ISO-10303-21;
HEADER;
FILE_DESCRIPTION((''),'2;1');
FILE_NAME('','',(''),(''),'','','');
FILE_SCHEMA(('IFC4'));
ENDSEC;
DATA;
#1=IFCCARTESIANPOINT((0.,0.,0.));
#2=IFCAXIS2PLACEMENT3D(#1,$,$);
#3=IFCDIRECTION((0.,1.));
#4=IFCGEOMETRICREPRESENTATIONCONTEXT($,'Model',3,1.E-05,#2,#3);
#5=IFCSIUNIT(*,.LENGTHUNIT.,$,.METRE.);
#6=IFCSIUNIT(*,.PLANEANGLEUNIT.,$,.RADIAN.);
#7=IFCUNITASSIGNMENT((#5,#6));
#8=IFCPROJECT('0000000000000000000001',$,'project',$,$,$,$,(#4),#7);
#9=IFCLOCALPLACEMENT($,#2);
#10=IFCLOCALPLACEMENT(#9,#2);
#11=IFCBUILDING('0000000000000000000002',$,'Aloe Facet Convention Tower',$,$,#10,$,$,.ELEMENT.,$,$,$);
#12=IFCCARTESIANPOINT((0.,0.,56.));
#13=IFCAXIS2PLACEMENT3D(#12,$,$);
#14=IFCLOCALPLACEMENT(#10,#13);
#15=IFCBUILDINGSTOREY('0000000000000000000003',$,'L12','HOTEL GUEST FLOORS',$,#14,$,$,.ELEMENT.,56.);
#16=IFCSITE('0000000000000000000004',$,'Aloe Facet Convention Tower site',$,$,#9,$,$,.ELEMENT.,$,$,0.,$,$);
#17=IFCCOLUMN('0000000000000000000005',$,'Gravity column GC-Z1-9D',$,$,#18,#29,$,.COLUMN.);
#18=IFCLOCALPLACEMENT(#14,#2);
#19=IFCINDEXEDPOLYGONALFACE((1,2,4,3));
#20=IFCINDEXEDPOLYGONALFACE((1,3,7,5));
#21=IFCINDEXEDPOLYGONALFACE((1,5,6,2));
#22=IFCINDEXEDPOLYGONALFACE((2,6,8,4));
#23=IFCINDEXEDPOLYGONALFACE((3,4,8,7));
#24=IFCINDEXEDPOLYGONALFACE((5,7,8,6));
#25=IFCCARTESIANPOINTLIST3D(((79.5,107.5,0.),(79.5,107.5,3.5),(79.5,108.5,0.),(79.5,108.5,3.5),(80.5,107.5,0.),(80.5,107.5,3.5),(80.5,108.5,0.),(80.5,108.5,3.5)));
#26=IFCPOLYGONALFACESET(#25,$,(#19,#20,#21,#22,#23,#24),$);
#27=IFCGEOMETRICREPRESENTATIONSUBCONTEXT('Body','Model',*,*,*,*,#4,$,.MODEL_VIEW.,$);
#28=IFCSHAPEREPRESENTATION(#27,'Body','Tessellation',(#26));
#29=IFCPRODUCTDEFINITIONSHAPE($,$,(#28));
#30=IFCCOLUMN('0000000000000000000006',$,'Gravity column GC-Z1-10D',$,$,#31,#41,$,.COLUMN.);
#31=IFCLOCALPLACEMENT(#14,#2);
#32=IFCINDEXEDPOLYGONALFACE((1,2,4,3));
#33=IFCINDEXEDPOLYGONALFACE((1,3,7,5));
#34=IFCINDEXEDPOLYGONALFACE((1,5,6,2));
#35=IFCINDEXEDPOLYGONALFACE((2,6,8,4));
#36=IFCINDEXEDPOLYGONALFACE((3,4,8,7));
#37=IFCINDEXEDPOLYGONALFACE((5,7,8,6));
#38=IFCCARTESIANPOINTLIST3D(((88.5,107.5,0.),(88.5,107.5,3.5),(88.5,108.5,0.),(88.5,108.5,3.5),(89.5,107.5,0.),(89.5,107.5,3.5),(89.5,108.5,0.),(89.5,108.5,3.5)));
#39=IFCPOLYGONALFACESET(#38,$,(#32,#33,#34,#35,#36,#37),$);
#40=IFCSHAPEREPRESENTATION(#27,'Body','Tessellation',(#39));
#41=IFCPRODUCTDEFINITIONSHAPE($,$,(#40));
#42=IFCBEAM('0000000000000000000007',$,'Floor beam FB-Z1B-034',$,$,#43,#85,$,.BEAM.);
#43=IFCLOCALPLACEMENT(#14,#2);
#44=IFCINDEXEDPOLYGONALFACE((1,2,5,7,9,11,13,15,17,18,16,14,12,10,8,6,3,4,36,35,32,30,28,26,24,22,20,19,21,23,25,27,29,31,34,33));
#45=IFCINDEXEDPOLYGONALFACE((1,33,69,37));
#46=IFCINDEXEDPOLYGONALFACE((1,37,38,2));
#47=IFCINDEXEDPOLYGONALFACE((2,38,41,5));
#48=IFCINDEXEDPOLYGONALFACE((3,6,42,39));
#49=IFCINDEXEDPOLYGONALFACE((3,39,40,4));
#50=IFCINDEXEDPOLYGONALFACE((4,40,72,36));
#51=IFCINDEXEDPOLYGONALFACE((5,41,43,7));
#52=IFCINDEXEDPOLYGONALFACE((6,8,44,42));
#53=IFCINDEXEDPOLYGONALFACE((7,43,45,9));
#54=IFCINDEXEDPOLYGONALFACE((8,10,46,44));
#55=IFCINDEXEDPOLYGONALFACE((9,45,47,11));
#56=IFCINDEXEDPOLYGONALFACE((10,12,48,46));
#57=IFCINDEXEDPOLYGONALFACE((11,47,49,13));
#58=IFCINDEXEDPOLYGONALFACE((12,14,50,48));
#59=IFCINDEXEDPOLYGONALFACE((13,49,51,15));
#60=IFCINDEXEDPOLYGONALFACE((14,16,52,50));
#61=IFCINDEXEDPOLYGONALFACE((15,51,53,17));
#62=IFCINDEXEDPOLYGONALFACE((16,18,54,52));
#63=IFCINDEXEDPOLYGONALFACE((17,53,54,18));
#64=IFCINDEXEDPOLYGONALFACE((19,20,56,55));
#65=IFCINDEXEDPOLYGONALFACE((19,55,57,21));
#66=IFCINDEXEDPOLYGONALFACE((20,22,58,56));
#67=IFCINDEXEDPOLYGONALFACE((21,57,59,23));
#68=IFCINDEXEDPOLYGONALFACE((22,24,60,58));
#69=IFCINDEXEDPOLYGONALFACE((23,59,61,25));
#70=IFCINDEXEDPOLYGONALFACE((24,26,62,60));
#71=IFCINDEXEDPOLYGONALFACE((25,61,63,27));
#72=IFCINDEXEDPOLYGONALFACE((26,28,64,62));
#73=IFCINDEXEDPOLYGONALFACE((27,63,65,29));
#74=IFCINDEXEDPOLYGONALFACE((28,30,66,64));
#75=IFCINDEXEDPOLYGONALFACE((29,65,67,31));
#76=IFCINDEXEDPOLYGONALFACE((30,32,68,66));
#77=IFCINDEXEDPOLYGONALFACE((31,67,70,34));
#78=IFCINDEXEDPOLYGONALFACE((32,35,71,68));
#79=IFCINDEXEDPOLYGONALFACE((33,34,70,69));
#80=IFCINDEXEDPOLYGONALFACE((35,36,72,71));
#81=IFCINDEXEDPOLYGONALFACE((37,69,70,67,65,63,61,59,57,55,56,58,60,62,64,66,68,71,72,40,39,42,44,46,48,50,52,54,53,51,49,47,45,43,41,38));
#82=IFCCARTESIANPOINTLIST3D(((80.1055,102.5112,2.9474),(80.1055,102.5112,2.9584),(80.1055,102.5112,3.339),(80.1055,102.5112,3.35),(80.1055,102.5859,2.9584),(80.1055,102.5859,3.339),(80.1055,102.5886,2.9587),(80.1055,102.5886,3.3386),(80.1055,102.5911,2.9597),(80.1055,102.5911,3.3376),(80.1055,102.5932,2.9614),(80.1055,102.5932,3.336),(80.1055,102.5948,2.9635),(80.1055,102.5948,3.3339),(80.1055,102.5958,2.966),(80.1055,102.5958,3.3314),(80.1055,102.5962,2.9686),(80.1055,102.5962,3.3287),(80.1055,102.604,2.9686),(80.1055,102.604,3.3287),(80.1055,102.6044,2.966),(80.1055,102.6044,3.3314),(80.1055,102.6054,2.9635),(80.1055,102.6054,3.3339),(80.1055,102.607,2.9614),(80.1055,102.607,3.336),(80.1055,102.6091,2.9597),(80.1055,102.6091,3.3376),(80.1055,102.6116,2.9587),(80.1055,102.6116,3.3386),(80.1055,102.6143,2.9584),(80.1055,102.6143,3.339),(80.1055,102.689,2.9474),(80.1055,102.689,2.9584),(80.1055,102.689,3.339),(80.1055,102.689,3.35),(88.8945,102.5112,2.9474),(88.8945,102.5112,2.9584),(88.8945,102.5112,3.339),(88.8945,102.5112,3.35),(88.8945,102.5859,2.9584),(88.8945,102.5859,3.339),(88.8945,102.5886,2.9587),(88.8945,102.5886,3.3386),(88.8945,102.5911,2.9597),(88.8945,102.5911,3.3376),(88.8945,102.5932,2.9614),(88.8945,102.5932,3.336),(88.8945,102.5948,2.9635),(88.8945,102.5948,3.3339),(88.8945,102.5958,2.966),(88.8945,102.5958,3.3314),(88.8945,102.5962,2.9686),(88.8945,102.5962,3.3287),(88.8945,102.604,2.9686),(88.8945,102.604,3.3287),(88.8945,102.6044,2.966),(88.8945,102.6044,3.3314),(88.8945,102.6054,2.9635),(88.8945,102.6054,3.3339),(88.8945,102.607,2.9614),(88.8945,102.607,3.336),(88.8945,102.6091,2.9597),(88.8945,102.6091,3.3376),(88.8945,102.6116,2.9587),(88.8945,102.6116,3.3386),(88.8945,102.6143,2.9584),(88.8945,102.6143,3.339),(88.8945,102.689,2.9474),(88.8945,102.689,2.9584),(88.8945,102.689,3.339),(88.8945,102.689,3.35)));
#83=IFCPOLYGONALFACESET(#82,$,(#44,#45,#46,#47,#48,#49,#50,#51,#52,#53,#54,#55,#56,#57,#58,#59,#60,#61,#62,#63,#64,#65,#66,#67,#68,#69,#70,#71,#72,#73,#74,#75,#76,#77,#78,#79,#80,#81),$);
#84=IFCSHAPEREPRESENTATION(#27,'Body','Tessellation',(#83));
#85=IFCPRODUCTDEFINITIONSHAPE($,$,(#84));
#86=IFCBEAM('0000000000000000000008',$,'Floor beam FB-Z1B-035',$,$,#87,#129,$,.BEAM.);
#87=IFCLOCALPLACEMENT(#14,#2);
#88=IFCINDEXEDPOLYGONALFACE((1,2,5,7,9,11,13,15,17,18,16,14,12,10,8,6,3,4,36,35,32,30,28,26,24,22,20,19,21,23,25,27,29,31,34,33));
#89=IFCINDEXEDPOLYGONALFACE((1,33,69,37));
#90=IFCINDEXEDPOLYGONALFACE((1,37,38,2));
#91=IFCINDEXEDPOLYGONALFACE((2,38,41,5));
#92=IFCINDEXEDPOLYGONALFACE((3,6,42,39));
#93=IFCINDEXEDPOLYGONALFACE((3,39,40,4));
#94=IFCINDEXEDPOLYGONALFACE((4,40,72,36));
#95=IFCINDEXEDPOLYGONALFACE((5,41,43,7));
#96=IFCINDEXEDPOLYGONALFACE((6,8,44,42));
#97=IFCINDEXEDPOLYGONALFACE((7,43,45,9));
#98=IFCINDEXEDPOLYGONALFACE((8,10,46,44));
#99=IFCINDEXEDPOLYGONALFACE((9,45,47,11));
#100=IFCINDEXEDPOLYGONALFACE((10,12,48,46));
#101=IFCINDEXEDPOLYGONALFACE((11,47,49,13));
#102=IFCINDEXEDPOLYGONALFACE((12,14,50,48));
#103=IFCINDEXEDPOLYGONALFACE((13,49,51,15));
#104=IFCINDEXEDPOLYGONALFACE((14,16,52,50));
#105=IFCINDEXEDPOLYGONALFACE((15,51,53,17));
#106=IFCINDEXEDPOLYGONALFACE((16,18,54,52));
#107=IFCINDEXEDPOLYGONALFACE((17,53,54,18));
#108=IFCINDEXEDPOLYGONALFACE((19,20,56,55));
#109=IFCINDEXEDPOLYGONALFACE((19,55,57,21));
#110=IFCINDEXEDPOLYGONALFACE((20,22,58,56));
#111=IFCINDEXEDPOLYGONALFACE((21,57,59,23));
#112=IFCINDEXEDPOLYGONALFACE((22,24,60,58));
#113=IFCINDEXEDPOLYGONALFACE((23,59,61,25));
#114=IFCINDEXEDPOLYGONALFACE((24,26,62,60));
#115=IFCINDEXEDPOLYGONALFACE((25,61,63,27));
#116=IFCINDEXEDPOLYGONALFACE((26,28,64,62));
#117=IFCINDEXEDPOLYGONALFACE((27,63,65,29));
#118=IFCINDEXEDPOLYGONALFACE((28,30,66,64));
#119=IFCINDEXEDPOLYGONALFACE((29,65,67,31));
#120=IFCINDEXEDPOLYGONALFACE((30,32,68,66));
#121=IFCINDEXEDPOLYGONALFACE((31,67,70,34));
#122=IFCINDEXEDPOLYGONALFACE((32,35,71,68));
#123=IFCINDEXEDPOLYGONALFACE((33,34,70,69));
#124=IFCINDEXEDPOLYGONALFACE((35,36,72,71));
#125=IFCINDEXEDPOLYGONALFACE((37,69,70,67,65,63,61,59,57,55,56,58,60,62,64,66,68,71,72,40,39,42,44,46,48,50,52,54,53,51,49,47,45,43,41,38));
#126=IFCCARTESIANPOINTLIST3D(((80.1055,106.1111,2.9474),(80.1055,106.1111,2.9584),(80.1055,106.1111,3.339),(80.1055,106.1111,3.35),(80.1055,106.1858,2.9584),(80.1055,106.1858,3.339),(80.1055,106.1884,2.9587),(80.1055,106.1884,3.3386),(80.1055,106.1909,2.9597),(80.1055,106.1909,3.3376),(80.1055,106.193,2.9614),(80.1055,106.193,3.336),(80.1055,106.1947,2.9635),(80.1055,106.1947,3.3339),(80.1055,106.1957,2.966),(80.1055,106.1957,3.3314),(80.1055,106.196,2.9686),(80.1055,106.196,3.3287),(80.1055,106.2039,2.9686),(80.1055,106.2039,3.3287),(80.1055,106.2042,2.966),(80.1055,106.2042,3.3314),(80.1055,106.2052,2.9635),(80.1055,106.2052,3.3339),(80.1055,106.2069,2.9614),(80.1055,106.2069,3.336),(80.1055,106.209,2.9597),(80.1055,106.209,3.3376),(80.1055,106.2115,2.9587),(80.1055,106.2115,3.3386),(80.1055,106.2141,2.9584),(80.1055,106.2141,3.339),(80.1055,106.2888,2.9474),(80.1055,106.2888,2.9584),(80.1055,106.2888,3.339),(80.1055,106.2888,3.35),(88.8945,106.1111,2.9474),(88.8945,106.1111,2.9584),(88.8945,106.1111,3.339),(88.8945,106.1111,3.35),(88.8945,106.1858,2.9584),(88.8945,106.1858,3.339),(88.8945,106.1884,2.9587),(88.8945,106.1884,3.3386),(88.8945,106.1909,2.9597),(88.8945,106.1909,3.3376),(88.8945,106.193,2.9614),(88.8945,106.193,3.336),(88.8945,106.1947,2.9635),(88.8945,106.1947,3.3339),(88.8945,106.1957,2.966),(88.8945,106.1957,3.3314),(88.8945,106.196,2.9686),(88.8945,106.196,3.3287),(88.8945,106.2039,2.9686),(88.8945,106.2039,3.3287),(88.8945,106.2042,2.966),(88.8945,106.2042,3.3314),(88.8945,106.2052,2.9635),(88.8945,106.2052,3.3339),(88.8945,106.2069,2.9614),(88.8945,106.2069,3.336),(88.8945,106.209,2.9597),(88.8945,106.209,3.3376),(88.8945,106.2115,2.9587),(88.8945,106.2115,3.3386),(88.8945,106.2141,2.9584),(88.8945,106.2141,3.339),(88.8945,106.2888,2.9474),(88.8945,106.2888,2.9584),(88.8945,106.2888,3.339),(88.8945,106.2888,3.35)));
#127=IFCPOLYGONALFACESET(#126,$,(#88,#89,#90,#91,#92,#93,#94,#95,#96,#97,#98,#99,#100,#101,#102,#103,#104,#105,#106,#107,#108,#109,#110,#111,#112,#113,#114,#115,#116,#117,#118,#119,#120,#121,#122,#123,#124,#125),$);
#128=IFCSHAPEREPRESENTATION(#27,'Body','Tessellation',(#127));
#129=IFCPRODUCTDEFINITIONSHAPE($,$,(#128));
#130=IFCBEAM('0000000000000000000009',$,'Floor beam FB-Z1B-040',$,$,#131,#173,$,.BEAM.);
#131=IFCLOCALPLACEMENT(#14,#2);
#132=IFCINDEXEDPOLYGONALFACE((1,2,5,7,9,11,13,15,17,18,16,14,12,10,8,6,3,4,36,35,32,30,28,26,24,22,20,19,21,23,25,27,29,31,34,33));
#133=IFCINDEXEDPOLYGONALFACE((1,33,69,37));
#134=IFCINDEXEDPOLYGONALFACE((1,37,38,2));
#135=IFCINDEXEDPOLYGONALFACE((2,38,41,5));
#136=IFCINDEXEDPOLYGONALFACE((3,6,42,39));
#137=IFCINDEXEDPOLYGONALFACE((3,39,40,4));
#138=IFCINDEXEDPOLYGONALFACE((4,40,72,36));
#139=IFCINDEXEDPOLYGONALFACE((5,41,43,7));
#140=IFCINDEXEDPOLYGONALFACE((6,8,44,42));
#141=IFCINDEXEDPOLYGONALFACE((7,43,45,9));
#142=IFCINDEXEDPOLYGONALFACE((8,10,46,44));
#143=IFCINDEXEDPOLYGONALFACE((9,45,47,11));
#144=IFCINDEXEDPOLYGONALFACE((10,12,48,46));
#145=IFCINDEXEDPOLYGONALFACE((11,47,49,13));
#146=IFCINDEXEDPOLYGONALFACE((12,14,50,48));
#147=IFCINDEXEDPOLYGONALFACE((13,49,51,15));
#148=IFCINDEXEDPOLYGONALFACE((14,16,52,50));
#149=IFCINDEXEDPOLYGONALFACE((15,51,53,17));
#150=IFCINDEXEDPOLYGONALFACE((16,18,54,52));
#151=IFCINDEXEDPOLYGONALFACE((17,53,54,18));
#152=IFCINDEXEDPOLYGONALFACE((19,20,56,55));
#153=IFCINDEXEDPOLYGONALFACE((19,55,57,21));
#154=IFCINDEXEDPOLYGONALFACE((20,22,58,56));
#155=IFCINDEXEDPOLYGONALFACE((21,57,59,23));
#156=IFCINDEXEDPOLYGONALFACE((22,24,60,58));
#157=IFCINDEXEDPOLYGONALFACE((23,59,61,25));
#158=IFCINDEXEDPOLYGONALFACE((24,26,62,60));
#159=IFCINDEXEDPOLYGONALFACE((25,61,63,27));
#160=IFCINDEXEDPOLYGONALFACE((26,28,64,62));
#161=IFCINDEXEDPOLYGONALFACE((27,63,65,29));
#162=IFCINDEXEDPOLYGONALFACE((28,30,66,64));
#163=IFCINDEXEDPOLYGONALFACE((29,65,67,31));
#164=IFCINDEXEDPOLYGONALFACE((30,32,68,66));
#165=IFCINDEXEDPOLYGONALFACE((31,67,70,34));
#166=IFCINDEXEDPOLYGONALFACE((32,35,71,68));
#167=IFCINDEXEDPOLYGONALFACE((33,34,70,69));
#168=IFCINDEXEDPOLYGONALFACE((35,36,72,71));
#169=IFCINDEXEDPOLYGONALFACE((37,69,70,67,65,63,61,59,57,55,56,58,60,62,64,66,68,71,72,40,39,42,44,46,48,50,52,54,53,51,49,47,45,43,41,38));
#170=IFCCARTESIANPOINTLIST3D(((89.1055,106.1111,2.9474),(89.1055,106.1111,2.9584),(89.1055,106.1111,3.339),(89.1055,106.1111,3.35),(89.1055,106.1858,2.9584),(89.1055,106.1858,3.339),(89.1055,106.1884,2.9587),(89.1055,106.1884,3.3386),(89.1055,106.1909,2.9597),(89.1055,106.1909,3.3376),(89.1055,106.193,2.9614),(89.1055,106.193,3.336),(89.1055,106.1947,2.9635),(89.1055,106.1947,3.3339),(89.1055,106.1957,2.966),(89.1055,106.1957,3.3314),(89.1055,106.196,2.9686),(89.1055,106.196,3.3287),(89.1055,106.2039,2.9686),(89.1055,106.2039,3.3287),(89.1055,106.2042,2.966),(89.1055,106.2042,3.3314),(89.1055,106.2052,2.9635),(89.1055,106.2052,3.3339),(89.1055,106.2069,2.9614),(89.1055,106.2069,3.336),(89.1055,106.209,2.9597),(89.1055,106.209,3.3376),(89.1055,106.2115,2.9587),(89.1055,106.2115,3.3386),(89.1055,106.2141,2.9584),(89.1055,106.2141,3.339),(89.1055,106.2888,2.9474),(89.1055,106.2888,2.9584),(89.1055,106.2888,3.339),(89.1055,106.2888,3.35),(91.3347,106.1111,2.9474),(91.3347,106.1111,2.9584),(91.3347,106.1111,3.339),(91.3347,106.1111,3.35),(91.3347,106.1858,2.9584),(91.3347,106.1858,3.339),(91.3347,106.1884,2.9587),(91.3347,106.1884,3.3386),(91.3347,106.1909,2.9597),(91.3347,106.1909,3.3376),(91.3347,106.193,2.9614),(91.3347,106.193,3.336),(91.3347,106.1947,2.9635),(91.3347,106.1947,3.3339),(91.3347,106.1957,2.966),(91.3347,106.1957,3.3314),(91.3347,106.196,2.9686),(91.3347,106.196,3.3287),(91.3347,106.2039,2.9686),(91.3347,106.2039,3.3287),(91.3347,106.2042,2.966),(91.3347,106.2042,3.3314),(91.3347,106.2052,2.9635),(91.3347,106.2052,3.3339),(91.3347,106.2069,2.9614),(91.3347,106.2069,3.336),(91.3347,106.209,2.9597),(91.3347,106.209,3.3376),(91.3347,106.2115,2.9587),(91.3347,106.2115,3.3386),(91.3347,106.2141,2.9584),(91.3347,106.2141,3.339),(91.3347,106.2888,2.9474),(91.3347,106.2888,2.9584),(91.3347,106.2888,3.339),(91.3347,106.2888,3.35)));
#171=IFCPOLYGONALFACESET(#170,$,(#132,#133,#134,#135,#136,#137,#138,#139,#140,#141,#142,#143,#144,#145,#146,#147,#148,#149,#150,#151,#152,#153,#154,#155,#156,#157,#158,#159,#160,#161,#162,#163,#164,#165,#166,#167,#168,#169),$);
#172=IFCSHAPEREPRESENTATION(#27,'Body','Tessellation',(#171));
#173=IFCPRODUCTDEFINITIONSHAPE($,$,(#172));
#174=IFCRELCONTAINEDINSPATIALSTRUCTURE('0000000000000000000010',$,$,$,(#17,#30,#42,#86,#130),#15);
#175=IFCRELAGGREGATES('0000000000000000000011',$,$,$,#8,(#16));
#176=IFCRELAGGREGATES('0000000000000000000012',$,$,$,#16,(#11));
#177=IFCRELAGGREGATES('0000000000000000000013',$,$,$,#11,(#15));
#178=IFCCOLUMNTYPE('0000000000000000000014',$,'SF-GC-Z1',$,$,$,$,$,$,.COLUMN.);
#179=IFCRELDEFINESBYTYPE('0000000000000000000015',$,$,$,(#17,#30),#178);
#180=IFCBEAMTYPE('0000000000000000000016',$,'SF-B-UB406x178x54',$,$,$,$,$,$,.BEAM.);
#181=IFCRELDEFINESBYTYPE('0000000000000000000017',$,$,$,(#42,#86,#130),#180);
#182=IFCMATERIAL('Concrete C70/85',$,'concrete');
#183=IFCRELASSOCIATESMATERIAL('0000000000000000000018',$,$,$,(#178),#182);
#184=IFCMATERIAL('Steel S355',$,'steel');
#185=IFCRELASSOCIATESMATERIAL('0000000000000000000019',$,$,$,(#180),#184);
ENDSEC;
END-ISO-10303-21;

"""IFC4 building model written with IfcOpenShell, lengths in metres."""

from ifc_helpers import new_model, si_unit, direction, frame, origin, origin_2d, place, context, subcontext, project, spatial, rectangle, i_section, extrude, material, material_profile, profile_set, type_object, element, save


model = new_model("IFC4")

# Units and contexts
model_context = context("Model", 3, precision=1e-05, world=origin(), true_north=direction((0.0, 1.0)))
body_context = subcontext(model_context, "Body", "Model", "MODEL_VIEW")
ifc_project = project(units=[si_unit("LENGTHUNIT", "METRE"), si_unit("PLANEANGLEUNIT", "RADIAN")], contexts=[model_context])

# Site, building, storey
site_placement = place(None, origin())
site = spatial("IfcSite", under=ifc_project, at=site_placement, Name="Aloe Facet Convention Tower site", CompositionType="ELEMENT", RefElevation=0.0)
building_placement = place(site_placement, origin())
building = spatial("IfcBuilding", under=site, at=building_placement, Name="Aloe Facet Convention Tower", CompositionType="ELEMENT")
storey_placement = place(building_placement, frame((0.0, 0.0, 56.0)))
storey = spatial("IfcBuildingStorey", under=building, at=storey_placement, Name="L12", Description="HOTEL GUEST FLOORS", CompositionType="ELEMENT", Elevation=56.0)

# Columns
ifc_material_1 = material(Name="Concrete C70/85", Category="concrete")
ifc_material_profile_1 = material_profile(ifc_material_1, rectangle(XDim=1.0, YDim=1.0, at=origin_2d()), Name="SF-GC-Z1")
ifc_profile_set_1 = profile_set([ifc_material_profile_1], Name="Concrete C70/85")
column_type = type_object("IfcColumnType", Name="SF-GC-Z1", PredefinedType="COLUMN", material=ifc_profile_set_1)
for number, where, z_axis, x_axis, name in (
    (1, (80.0, 108.0, 0.0), (0.0, 0.0, 1.0), (1.0, 0.0, 0.0), "Gravity column GC-Z1-9D"),
    (2, (89.0, 108.0, 0.0), (0.0, 0.0, 1.0), (1.0, 0.0, 0.0), "Gravity column GC-Z1-10D"),
):
    element("IfcColumn", number, at=place(storey_placement, frame(where, z_axis=z_axis, x_axis=x_axis)), inside=storey, type_object=column_type, Name=name, PredefinedType="COLUMN", context=body_context, shape_type="SweptSolid", body=[
        extrude(rectangle(XDim=1.0, YDim=1.0, at=origin_2d()), origin(), (0.0, 0.0, 1.0), 3.5),
    ])

# Beams
ifc_material_2 = material(Name="Steel S355", Category="steel")
ifc_material_profile_2 = material_profile(ifc_material_2, i_section(OverallWidth=0.1777, OverallDepth=0.4026, WebThickness=0.0078, FlangeThickness=0.011, FilletRadius=0.0103, at=origin_2d()), Name="UB 406x178x54")
ifc_profile_set_2 = profile_set([ifc_material_profile_2], Name="Steel S355")
beam_type_1 = type_object("IfcBeamType", Name="SF-B-UB406x178x54", PredefinedType="BEAM", material=ifc_profile_set_2)
for number, where, z_axis, x_axis, name in (
    (3, (80.1055, 102.6001, 3.1487), (1.0, 0.0, 0.0), (0.0, 1.0, 0.0), "Floor beam FB-Z1B-034"),
    (4, (80.1055, 106.2, 3.1487), (1.0, 0.0, 0.0), (0.0, 1.0, 0.0), "Floor beam FB-Z1B-035"),
):
    element("IfcBeam", number, at=place(storey_placement, frame(where, z_axis=z_axis, x_axis=x_axis)), inside=storey, type_object=beam_type_1, Name=name, PredefinedType="BEAM", context=body_context, shape_type="SweptSolid", body=[
        extrude(i_section(OverallWidth=0.1777, OverallDepth=0.4026, WebThickness=0.0078, FlangeThickness=0.011, FilletRadius=0.0103, at=origin_2d()), origin(), (0.0, 0.0, 1.0), 8.7891),
    ])
beam_1_placement = place(storey_placement, frame((89.1055, 106.2, 3.1487), z_axis=(1.0, 0.0, 0.0), x_axis=(0.0, 1.0, 0.0)))
element("IfcBeam", 5, at=beam_1_placement, inside=storey, type_object=beam_type_1, Name="Floor beam FB-Z1B-040", PredefinedType="BEAM", context=body_context, shape_type="SweptSolid", body=[
    extrude(i_section(OverallWidth=0.1777, OverallDepth=0.4026, WebThickness=0.0078, FlangeThickness=0.011, FilletRadius=0.0103, at=origin_2d()), origin(), (0.0, 0.0, 1.0), 2.2292),
])

save(model, "model.ifc")
